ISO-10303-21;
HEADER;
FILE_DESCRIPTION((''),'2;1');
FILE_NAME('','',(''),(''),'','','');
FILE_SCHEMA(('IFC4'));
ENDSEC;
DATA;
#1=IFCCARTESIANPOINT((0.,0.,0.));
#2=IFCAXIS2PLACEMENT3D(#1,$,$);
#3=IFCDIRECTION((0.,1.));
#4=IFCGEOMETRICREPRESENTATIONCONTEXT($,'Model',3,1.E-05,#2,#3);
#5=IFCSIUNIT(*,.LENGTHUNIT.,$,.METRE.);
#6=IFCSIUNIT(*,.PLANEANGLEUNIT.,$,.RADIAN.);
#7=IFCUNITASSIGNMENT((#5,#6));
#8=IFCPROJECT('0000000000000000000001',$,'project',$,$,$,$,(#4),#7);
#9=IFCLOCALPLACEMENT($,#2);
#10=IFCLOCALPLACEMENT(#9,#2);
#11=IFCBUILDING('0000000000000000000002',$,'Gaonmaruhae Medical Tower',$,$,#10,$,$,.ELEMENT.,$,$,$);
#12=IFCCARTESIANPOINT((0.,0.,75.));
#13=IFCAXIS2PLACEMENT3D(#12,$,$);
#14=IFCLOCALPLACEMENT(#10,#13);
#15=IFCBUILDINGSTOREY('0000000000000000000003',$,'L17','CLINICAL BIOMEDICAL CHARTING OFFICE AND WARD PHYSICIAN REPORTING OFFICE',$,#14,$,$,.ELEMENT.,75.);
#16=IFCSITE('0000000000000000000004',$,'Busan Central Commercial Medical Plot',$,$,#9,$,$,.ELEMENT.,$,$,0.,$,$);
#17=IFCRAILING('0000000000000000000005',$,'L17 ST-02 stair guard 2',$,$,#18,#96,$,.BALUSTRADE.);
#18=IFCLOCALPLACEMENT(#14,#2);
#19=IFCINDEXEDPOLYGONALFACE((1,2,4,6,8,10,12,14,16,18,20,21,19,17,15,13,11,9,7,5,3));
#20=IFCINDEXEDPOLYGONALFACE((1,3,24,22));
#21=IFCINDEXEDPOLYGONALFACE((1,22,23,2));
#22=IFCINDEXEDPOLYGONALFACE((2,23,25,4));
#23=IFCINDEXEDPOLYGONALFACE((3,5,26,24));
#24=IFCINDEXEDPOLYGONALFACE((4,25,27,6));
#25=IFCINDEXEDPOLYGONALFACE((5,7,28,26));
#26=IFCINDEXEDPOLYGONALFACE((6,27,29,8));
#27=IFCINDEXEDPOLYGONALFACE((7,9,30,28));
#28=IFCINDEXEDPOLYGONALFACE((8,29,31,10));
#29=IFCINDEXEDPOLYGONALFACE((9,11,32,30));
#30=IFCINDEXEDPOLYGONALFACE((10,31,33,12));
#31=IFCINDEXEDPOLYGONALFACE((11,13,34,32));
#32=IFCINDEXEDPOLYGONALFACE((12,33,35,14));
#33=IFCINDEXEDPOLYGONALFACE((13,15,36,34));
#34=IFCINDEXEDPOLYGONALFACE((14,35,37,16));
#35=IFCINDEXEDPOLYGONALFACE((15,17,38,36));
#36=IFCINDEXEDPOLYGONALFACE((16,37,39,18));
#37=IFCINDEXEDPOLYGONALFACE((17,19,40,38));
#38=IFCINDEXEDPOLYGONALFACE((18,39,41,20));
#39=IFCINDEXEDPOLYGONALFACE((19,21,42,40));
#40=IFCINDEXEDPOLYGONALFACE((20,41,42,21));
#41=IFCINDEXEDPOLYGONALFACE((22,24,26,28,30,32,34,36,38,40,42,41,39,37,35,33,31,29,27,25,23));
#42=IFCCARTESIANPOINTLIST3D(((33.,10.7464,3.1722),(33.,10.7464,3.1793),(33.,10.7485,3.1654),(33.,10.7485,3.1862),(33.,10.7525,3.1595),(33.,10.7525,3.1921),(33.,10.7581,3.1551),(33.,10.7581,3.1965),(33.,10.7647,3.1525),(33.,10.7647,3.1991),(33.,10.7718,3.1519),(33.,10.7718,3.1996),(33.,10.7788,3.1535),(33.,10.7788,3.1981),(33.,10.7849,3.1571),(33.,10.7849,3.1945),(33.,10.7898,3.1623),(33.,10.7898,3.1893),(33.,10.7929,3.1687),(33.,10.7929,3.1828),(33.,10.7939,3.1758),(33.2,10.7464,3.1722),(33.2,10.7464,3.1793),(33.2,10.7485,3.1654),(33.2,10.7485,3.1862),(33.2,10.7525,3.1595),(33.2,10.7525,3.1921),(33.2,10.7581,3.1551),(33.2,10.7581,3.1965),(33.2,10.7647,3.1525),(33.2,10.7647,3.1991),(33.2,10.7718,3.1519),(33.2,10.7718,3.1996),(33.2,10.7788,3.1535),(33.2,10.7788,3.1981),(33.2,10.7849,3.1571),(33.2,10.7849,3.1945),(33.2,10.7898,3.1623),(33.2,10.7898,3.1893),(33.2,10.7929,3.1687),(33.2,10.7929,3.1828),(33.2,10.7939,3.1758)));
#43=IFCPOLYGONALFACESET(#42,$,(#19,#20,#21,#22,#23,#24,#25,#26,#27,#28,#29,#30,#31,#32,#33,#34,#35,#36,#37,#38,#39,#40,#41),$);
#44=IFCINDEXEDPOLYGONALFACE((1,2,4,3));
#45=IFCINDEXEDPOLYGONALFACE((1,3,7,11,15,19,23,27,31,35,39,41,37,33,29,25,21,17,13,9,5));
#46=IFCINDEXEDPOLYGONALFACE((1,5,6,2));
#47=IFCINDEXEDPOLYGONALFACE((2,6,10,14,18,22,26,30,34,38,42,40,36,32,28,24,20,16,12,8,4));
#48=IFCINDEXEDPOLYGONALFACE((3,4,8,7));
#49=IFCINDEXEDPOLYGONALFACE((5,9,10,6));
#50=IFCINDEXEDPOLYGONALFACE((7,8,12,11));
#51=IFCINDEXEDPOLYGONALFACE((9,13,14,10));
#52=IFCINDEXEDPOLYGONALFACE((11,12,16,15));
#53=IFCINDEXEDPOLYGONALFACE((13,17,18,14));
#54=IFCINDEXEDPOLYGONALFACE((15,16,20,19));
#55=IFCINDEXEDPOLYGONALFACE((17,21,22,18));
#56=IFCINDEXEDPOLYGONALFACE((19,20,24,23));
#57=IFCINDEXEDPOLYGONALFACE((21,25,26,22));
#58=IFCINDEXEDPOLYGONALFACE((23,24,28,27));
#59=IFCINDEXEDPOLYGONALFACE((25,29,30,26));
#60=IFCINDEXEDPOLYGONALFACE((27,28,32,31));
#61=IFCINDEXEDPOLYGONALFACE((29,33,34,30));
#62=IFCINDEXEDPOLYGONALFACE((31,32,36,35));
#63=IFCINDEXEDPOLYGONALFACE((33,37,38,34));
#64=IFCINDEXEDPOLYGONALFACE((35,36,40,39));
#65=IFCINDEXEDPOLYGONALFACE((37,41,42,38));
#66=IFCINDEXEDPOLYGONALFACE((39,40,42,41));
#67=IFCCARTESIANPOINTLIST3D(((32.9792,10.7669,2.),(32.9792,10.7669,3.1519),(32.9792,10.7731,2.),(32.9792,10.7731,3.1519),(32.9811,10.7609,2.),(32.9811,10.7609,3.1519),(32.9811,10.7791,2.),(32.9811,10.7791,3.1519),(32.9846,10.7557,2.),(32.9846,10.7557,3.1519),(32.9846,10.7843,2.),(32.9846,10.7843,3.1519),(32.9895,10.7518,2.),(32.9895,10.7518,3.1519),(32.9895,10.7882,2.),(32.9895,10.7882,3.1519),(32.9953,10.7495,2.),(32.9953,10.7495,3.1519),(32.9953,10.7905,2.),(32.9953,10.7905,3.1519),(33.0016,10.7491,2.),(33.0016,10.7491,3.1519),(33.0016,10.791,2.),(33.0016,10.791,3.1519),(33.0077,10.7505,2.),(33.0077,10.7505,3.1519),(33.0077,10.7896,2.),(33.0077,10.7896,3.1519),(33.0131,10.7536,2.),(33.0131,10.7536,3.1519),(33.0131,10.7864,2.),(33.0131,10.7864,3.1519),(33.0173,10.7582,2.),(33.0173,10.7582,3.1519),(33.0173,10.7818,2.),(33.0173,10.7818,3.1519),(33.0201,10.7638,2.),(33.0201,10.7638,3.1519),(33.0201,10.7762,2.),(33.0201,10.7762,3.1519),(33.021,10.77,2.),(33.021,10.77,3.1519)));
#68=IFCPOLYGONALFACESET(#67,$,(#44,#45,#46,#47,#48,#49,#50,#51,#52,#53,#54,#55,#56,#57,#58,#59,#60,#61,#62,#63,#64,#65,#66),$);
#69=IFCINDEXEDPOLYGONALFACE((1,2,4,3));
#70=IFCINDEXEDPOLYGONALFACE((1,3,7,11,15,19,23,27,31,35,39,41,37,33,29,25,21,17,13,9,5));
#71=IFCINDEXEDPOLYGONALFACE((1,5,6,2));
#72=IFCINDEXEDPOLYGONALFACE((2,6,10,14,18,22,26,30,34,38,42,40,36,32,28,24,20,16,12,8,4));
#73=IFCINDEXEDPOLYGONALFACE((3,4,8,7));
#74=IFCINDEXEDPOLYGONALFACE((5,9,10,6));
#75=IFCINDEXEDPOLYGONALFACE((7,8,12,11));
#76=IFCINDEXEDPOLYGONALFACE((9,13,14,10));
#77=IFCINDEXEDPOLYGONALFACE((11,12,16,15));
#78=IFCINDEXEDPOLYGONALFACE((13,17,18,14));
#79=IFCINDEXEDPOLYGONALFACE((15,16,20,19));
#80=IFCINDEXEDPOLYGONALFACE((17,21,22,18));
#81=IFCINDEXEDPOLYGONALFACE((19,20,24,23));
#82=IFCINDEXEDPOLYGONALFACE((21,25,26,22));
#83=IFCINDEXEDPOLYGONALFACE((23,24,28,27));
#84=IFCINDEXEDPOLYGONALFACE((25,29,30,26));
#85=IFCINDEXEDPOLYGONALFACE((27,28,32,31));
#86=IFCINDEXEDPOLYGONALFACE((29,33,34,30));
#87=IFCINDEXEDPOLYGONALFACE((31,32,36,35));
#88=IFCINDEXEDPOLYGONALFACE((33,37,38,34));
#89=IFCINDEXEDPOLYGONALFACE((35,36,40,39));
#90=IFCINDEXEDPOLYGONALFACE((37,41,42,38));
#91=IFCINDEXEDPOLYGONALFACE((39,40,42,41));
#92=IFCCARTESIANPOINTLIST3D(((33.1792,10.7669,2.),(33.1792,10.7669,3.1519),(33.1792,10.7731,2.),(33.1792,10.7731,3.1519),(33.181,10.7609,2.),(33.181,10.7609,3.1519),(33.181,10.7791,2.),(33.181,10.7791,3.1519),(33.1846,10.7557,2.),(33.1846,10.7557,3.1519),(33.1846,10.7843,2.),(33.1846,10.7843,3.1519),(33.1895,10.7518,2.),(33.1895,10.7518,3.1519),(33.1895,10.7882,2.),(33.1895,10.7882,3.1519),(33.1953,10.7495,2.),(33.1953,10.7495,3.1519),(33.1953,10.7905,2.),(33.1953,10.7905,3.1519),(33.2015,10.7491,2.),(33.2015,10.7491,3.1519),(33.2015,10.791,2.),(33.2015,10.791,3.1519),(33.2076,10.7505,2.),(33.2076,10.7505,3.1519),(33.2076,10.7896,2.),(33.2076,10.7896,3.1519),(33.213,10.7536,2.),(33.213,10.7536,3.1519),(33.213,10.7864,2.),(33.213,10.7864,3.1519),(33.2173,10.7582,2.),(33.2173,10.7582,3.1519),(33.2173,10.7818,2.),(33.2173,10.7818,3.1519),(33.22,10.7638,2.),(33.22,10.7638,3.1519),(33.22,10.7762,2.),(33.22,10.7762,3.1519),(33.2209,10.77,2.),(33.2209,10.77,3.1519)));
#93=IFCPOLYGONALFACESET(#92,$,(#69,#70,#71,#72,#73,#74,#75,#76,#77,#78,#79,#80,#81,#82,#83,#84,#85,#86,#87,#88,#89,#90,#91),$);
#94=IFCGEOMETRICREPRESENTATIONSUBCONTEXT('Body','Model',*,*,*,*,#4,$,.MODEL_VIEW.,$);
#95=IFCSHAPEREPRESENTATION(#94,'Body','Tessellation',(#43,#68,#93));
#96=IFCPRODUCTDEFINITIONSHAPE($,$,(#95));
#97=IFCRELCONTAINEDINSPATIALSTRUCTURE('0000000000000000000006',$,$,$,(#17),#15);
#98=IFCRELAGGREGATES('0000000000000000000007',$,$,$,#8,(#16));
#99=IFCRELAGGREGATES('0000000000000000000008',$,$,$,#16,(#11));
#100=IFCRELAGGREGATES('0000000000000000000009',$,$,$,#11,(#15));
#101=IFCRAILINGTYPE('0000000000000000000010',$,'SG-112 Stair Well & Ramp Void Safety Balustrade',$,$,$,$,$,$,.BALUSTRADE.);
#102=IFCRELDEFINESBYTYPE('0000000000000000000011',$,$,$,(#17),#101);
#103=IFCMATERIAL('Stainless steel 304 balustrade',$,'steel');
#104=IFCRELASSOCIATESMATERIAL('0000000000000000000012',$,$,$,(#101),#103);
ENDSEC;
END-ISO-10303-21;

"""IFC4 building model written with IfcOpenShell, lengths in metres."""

from ifc_helpers import new_model, si_unit, direction, frame, origin, origin_2d, place, context, subcontext, project, spatial, circle, extrude, material, type_object, element, save


model = new_model("IFC4")

# Units and contexts
model_context = context("Model", 3, precision=1e-05, world=origin(), true_north=direction((0.0, 1.0)))
body_context = subcontext(model_context, "Body", "Model", "MODEL_VIEW")
ifc_project = project(units=[si_unit("LENGTHUNIT", "METRE"), si_unit("PLANEANGLEUNIT", "RADIAN")], contexts=[model_context])

# Site, building, storey
site_placement = place(None, origin())
site = spatial("IfcSite", under=ifc_project, at=site_placement, Name="Busan Central Commercial Medical Plot", CompositionType="ELEMENT", RefElevation=0.0)
building_placement = place(site_placement, origin())
building = spatial("IfcBuilding", under=site, at=building_placement, Name="Gaonmaruhae Medical Tower", CompositionType="ELEMENT")
storey_placement = place(building_placement, frame((0.0, 0.0, 75.0)))
storey = spatial("IfcBuildingStorey", under=building, at=storey_placement, Name="L17", Description="CLINICAL BIOMEDICAL CHARTING OFFICE AND WARD PHYSICIAN REPORTING OFFICE", CompositionType="ELEMENT", Elevation=75.0)

# Railing
ifc_material_1 = material(Name="Stainless steel 304 balustrade", Category="steel")
railing_type_1 = type_object("IfcRailingType", Name="SG-112 Stair Well & Ramp Void Safety Balustrade", PredefinedType="BALUSTRADE", material=ifc_material_1)
railing_1_placement = place(storey_placement, frame((33.0, 10.77, 2.0)))
element("IfcRailing", 1, at=railing_1_placement, inside=storey, type_object=railing_type_1, Name="L17 ST-02 stair guard 2", PredefinedType="BALUSTRADE", context=body_context, shape_type="SweptSolid", body=[
    extrude(circle(Radius=0.0239, at=origin_2d()), frame((0.0, 0.0, 1.1758), z_axis=(1.0, 0.0, 0.0), x_axis=(0.0, 1.0, 0.0)), (0.0, 0.0, 1.0), 0.2),
    extrude(circle(Radius=0.021, at=origin_2d()), origin(), (0.0, 0.0, 1.0), 1.1519),
    extrude(circle(Radius=0.021, at=origin_2d()), frame((0.2, 0.0, 0.0)), (0.0, 0.0, 1.0), 1.1519),
])

save(model, "model.ifc")
